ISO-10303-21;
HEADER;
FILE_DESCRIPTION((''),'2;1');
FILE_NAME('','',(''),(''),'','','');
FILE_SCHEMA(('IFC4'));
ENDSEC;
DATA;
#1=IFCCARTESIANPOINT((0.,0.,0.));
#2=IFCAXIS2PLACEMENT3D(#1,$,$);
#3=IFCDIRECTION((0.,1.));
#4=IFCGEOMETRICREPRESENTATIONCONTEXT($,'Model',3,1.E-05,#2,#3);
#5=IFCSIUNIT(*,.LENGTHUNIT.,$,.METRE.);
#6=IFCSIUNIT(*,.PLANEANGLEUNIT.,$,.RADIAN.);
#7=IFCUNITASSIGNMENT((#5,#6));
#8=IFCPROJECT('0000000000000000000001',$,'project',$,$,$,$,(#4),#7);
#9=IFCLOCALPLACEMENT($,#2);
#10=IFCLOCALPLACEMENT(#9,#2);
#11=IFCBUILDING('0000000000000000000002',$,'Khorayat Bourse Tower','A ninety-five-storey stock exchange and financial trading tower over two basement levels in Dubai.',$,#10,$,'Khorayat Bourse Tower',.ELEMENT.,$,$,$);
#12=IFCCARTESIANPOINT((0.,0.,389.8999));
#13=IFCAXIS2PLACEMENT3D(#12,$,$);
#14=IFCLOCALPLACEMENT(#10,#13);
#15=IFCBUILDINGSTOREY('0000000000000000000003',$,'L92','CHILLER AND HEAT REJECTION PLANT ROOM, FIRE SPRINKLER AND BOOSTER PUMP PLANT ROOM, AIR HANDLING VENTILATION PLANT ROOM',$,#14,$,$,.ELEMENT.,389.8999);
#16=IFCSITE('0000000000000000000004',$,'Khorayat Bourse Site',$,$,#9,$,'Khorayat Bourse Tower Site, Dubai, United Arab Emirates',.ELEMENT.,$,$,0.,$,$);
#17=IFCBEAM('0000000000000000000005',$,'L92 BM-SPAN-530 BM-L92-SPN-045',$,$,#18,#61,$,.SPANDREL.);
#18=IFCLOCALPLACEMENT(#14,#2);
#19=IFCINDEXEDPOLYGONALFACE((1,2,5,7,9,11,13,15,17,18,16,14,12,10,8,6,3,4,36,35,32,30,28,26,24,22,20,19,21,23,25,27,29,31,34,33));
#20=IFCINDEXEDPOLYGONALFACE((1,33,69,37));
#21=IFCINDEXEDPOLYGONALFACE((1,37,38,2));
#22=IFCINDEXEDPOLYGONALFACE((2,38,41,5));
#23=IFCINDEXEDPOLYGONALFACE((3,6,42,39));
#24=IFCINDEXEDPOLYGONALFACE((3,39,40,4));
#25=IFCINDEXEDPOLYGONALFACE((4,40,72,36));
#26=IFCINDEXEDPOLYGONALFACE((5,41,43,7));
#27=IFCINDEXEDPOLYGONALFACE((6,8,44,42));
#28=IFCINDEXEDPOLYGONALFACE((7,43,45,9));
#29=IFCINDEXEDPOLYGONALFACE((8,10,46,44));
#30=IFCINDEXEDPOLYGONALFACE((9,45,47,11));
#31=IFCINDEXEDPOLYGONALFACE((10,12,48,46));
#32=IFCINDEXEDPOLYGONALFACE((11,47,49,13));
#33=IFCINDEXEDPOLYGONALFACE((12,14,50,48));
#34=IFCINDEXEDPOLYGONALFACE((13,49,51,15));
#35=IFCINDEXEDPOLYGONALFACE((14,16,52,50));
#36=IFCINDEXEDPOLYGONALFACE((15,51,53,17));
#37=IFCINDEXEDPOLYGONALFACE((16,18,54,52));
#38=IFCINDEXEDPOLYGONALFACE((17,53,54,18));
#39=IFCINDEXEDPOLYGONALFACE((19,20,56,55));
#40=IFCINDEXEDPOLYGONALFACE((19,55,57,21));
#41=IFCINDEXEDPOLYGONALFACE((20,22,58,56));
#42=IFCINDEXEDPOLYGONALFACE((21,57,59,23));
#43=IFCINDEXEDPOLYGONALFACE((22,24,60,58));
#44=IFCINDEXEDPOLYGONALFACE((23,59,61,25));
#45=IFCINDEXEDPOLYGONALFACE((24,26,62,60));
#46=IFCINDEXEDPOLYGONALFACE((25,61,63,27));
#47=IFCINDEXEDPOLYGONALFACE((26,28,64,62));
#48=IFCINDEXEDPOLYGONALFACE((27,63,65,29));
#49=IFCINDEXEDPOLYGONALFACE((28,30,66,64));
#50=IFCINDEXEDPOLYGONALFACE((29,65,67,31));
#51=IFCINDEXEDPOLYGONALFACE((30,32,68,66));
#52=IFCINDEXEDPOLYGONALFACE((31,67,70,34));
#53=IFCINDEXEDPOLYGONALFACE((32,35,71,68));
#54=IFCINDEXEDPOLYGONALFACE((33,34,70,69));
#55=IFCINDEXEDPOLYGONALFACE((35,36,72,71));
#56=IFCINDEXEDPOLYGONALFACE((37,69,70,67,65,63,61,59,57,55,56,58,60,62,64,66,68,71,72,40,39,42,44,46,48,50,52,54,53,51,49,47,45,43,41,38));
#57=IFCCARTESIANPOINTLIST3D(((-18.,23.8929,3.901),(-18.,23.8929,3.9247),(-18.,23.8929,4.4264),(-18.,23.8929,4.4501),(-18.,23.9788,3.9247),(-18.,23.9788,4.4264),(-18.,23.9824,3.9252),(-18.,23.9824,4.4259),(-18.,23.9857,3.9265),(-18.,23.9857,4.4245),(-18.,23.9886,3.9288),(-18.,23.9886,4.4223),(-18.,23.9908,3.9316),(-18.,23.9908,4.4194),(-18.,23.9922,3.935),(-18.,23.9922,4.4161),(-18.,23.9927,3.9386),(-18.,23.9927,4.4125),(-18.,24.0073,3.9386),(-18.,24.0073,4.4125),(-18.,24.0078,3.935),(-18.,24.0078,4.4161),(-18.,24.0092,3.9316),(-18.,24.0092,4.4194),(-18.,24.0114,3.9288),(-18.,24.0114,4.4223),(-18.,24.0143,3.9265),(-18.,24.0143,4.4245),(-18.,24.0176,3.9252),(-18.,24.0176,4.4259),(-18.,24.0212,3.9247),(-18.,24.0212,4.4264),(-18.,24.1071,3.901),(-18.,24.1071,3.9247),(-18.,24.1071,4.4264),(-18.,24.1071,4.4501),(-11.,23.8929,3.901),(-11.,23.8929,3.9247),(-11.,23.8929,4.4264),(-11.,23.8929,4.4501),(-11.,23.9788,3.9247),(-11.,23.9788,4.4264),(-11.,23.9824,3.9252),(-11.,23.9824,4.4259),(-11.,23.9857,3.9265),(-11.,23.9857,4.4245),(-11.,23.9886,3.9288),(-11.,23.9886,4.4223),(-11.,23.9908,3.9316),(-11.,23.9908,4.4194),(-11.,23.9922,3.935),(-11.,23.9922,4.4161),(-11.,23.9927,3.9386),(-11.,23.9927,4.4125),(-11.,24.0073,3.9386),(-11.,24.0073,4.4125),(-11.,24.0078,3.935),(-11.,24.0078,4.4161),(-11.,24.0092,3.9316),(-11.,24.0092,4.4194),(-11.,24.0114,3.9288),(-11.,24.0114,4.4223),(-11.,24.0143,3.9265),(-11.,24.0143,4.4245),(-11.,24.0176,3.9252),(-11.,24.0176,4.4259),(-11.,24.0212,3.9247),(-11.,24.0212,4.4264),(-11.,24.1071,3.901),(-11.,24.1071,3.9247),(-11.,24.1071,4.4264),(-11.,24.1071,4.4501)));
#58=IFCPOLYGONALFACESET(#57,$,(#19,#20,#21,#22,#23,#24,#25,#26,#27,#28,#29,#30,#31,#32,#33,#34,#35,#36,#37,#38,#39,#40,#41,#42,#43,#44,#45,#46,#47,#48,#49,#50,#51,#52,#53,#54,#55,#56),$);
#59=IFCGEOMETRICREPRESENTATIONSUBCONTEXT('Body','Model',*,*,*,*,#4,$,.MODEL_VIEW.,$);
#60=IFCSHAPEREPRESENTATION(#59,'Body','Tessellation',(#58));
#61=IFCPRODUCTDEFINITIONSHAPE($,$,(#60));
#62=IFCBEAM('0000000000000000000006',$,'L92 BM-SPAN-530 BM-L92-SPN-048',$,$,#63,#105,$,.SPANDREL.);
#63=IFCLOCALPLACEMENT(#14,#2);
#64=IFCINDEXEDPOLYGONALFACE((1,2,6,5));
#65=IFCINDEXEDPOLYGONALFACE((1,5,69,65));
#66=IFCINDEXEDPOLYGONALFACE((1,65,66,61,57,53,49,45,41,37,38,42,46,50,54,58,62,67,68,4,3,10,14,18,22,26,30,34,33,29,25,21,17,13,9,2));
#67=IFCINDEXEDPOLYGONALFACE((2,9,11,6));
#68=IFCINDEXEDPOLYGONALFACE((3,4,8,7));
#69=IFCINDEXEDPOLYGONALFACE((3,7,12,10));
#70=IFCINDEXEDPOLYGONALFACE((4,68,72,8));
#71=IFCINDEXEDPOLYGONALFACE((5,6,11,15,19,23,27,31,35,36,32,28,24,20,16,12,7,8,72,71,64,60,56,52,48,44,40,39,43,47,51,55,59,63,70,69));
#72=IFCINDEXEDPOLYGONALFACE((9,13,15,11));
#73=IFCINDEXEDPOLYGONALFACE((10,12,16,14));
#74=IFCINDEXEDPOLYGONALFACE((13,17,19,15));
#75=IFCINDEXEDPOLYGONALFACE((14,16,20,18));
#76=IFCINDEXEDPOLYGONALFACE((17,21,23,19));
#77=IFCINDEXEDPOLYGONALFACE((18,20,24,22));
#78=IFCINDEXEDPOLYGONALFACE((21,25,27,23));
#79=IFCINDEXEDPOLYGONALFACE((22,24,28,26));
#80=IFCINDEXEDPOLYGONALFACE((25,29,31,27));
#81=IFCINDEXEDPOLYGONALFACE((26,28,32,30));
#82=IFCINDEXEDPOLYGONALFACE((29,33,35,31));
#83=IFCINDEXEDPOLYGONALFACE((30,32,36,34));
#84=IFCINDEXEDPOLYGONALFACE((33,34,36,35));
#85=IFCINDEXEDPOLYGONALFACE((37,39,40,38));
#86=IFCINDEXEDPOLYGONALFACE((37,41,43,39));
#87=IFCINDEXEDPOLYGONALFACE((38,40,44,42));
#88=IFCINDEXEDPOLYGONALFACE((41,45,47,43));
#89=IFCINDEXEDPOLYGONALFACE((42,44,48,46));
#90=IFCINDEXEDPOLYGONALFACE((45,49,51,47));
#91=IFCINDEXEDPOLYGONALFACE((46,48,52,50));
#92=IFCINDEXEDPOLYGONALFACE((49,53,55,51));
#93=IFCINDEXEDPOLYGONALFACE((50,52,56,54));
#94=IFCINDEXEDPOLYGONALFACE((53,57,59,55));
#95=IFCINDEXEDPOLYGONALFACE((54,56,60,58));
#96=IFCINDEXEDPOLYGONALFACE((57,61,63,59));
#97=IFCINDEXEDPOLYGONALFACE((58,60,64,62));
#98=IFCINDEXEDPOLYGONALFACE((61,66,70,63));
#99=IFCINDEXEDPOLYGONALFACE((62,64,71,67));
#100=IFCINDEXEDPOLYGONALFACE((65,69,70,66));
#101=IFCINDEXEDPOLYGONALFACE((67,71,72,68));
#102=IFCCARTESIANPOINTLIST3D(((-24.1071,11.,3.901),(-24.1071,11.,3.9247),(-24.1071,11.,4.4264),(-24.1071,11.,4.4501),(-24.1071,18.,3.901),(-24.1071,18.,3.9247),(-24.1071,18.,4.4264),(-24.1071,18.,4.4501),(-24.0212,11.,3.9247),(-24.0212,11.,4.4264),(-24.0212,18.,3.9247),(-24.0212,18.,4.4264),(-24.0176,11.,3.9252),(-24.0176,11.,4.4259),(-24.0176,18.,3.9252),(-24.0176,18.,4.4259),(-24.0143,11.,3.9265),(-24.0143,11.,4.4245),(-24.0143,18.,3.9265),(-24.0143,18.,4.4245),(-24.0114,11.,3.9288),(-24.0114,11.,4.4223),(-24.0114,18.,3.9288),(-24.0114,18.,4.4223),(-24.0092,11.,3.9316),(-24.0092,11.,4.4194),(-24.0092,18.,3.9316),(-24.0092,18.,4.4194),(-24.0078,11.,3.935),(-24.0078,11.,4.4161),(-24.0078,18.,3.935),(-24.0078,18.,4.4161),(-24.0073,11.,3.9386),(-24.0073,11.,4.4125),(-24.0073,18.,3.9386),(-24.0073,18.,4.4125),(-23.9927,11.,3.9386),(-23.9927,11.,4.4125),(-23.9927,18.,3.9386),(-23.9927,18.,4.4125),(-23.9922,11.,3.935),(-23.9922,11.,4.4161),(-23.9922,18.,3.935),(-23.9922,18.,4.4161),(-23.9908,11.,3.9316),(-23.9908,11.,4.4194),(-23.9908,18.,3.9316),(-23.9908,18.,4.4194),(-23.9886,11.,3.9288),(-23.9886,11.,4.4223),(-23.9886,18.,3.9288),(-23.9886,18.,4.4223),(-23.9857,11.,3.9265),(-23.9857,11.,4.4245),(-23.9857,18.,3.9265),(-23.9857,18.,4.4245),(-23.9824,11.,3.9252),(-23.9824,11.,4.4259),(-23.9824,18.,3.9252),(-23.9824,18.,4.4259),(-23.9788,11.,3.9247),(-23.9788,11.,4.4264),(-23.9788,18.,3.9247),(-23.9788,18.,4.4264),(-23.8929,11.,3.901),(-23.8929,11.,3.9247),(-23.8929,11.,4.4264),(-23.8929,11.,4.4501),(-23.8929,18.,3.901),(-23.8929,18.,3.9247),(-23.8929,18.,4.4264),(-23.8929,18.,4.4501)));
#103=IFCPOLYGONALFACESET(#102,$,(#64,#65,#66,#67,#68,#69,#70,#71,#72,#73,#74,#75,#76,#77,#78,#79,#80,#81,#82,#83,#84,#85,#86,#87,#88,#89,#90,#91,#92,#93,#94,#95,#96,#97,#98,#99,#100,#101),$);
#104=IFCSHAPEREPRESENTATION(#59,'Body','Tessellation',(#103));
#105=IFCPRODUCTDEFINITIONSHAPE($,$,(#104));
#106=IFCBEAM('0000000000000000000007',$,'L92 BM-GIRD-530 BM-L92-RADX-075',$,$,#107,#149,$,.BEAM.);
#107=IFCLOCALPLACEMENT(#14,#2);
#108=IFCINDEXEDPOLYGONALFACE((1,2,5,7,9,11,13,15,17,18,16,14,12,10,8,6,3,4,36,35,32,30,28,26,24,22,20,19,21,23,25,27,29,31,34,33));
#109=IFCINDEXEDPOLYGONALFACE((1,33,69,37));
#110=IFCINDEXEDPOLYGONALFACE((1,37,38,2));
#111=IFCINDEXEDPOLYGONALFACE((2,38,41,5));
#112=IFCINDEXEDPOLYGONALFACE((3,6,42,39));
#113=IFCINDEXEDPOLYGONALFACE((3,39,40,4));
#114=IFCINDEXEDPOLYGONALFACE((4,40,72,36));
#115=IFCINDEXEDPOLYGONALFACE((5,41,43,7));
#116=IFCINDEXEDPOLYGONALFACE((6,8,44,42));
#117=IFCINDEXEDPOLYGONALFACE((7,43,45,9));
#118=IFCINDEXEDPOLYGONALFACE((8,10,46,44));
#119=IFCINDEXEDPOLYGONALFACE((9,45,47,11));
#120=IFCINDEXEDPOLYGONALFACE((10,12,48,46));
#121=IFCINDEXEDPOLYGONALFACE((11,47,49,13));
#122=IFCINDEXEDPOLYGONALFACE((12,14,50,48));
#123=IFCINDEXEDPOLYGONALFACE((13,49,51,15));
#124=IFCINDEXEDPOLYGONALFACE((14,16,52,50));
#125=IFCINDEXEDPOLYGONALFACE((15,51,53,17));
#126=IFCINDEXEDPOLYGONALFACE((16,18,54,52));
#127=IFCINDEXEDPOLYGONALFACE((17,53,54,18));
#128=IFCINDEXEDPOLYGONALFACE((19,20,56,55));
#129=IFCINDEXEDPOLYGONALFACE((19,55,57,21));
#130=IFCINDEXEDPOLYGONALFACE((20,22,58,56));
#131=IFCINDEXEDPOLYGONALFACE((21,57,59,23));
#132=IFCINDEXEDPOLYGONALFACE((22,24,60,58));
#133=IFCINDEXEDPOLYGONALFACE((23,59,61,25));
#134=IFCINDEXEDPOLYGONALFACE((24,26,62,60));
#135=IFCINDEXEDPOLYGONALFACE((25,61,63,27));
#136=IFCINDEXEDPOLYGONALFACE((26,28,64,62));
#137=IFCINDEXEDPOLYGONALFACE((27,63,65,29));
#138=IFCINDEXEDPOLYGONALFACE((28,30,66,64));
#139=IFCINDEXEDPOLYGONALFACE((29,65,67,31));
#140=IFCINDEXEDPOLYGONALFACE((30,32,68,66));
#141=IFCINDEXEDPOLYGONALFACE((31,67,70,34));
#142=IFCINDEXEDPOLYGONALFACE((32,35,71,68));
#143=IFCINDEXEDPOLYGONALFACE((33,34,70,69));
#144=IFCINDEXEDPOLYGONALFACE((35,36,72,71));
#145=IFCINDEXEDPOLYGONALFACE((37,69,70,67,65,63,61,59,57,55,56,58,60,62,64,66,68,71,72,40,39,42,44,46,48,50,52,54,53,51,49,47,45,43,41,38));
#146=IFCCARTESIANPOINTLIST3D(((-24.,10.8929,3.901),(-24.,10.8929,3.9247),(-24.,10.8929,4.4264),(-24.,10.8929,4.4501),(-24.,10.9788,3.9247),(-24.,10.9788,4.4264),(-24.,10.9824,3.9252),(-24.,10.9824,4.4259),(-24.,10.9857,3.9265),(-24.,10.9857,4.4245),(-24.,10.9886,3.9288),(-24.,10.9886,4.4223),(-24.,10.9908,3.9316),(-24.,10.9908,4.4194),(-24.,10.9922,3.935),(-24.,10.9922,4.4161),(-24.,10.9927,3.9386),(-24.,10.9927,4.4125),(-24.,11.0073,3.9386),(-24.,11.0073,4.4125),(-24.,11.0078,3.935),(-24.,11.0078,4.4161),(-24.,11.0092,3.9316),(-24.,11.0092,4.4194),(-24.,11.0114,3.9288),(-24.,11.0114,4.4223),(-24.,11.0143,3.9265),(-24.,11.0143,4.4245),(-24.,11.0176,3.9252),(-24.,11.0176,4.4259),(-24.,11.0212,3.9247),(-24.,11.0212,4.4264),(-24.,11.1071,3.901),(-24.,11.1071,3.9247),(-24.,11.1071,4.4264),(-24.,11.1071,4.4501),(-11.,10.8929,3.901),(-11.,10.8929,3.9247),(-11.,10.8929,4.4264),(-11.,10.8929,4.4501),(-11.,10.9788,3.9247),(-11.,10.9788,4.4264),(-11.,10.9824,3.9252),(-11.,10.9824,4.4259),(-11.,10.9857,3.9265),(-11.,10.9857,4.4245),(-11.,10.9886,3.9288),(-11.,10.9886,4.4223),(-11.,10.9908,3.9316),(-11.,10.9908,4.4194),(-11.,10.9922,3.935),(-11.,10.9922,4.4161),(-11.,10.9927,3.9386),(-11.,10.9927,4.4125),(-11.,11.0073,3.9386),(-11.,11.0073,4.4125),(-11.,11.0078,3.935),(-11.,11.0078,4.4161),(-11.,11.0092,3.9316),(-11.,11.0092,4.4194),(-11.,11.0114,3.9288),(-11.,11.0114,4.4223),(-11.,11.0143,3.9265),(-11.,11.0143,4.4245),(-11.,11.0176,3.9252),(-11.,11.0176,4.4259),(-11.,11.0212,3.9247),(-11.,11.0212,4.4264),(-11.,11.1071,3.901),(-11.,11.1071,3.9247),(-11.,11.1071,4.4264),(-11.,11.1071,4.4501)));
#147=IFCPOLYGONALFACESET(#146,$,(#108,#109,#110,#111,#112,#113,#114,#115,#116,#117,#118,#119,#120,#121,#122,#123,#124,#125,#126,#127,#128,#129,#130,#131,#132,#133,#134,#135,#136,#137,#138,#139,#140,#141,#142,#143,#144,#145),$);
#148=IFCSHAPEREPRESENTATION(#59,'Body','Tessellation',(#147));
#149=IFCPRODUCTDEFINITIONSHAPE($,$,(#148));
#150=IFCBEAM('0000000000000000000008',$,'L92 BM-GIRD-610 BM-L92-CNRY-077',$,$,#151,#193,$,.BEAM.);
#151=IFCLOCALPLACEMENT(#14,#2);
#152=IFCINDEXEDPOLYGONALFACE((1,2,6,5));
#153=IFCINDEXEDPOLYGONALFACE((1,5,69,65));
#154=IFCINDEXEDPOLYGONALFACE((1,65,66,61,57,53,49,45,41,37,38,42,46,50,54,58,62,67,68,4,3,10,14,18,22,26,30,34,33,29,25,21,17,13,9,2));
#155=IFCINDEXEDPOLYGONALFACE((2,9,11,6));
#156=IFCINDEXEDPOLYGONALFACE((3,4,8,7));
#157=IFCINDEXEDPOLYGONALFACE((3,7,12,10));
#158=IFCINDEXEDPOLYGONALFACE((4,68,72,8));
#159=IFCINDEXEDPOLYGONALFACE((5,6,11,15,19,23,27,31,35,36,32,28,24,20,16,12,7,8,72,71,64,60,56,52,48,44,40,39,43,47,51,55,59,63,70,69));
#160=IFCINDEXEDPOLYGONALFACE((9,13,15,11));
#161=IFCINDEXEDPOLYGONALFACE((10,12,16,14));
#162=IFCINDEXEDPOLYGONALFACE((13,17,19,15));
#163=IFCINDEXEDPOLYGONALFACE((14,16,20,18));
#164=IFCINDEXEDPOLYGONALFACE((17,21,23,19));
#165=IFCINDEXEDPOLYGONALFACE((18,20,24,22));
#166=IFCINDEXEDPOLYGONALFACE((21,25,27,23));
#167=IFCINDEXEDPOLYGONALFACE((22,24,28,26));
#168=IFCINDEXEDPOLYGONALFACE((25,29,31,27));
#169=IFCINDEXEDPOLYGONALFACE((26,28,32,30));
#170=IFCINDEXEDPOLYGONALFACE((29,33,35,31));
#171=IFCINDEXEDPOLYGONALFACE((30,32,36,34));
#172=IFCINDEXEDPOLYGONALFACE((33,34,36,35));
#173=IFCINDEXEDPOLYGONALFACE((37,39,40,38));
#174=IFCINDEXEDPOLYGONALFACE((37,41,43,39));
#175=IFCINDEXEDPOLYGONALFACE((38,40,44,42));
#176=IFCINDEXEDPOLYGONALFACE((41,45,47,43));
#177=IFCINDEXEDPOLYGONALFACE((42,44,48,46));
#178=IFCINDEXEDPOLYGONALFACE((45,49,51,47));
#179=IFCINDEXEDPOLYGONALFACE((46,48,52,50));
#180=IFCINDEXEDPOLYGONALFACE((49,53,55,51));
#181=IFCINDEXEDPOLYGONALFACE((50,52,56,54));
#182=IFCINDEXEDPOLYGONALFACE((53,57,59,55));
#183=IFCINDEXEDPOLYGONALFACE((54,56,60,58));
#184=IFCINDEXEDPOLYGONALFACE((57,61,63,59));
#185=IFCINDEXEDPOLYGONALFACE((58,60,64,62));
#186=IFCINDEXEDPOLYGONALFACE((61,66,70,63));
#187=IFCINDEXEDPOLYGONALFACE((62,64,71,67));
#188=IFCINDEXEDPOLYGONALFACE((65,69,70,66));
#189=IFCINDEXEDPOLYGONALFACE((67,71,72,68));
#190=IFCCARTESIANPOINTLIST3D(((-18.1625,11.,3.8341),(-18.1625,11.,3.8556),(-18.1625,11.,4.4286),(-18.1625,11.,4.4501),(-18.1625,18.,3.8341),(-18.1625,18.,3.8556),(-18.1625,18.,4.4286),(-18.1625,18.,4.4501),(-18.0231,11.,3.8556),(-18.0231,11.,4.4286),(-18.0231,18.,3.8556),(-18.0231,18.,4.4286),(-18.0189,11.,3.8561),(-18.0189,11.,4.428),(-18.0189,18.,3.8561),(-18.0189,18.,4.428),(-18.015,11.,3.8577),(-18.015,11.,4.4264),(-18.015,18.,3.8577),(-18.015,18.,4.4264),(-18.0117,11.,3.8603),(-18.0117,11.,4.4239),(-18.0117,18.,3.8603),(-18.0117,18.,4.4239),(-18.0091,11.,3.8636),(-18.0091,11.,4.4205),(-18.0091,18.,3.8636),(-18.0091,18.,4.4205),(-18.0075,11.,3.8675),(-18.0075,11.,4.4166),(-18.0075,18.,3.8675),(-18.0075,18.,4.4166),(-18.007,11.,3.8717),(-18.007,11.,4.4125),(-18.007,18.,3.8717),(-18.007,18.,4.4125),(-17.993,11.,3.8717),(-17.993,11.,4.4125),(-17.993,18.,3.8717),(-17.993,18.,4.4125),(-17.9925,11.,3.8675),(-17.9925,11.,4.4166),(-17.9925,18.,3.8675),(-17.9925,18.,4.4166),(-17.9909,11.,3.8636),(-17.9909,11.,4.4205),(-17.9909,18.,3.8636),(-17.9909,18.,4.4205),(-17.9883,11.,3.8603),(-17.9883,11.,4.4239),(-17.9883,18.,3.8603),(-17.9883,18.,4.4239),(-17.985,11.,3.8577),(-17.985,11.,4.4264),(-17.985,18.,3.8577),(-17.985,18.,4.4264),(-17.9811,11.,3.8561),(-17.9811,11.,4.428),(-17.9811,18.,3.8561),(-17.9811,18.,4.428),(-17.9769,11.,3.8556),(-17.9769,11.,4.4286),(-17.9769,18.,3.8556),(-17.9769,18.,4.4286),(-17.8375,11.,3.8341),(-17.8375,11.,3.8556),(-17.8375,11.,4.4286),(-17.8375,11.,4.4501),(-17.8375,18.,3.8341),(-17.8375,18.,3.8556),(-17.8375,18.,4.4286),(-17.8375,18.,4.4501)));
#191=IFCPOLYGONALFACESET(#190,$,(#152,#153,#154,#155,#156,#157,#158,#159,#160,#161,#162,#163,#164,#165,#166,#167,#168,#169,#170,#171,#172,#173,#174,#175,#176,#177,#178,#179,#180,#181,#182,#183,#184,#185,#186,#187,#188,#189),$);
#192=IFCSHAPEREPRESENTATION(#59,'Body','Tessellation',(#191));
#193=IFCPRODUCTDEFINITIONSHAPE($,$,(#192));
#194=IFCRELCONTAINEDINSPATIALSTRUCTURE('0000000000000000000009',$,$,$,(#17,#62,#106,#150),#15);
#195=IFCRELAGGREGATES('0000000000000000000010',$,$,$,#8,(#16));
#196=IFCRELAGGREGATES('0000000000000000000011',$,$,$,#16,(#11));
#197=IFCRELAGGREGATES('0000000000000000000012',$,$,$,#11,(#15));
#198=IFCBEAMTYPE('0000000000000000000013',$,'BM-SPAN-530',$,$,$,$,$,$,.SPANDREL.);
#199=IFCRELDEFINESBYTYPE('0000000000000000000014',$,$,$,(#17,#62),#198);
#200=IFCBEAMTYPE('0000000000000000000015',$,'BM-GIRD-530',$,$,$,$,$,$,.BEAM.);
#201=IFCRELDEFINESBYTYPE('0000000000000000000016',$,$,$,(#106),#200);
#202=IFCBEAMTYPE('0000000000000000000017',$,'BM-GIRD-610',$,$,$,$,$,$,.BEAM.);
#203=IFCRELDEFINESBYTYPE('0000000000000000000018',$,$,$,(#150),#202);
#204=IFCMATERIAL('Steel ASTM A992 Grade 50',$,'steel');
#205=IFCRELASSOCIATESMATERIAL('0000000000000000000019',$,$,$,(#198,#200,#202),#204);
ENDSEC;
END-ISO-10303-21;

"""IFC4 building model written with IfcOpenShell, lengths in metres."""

from ifc_helpers import new_model, si_unit, direction, frame, origin, origin_2d, place, context, subcontext, project, spatial, i_section, extrude, source, transform, mapped, material, material_profile, profile_set, type_object, element, save


model = new_model("IFC4")

# Units and contexts
model_context = context("Model", 3, precision=1e-05, world=origin(), true_north=direction((0.0, 1.0)))
body_context = subcontext(model_context, "Body", "Model", "MODEL_VIEW")
ifc_project = project(units=[si_unit("LENGTHUNIT", "METRE"), si_unit("PLANEANGLEUNIT", "RADIAN")], contexts=[model_context])

# Site, building, storey
site_placement = place(None, origin())
site = spatial("IfcSite", under=ifc_project, at=site_placement, Name="Khorayat Bourse Site", LongName="Khorayat Bourse Tower Site, Dubai, United Arab Emirates", CompositionType="ELEMENT", RefElevation=0.0)
building_placement = place(site_placement, origin())
building = spatial("IfcBuilding", under=site, at=building_placement, Name="Khorayat Bourse Tower", Description="A ninety-five-storey stock exchange and financial trading tower over two basement levels in Dubai.", LongName="Khorayat Bourse Tower", CompositionType="ELEMENT")
storey_placement = place(building_placement, frame((0.0, 0.0, 389.8999)))
storey = spatial("IfcBuildingStorey", under=building, at=storey_placement, Name="L92", Description="CHILLER AND HEAT REJECTION PLANT ROOM, FIRE SPRINKLER AND BOOSTER PUMP PLANT ROOM, AIR HANDLING VENTILATION PLANT ROOM", CompositionType="ELEMENT", Elevation=389.8999)

# Beams
ifc_material_1 = material(Name="Steel ASTM A992 Grade 50", Category="steel")
ifc_material_profile_1 = material_profile(ifc_material_1, i_section(OverallWidth=0.2141, OverallDepth=0.5491, WebThickness=0.0146, FlangeThickness=0.0237, FilletRadius=0.0139, at=origin_2d()), Name="W530X138")
ifc_profile_set_1 = profile_set([ifc_material_profile_1], Name="Steel ASTM A992 Grade 50")
beam_type_1 = type_object("IfcBeamType", Name="BM-SPAN-530", PredefinedType="SPANDREL", material=ifc_profile_set_1)
shared_shape_1 = source(origin(), body_context, "Body", "SweptSolid", [
    extrude(i_section(OverallWidth=0.2141, OverallDepth=0.5491, WebThickness=0.0146, FlangeThickness=0.0237, FilletRadius=0.0139, at=origin_2d()), origin(), (0.0, 0.0, 1.0), 7.0),
])
for number, where, z_axis, x_axis, name in (
    (1, (-18.0, 24.0, 4.1755), (1.0, 0.0, 0.0), (0.0, 1.0, 0.0), "L92 BM-SPAN-530 BM-L92-SPN-045"),
    (2, (-24.0, 11.0, 4.1755), (0.0, 1.0, 0.0), (-1.0, 0.0, 0.0), "L92 BM-SPAN-530 BM-L92-SPN-048"),
):
    element("IfcBeam", number, at=place(storey_placement, frame(where, z_axis=z_axis, x_axis=x_axis)), inside=storey, type_object=beam_type_1, Name=name, PredefinedType="SPANDREL", context=body_context, shape_type="MappedRepresentation", body=[
        mapped(shared_shape_1, transform((0.0, 0.0, 0.0), scale=1.0)),
    ])
ifc_material_profile_2 = material_profile(ifc_material_1, i_section(OverallWidth=0.2141, OverallDepth=0.5491, WebThickness=0.0146, FlangeThickness=0.0237, FilletRadius=0.0139, at=origin_2d()), Name="W530X138")
ifc_profile_set_2 = profile_set([ifc_material_profile_2], Name="Steel ASTM A992 Grade 50")
beam_type_2 = type_object("IfcBeamType", Name="BM-GIRD-530", PredefinedType="BEAM", material=ifc_profile_set_2)
shared_shape_2 = source(origin(), body_context, "Body", "SweptSolid", [
    extrude(i_section(OverallWidth=0.2141, OverallDepth=0.5491, WebThickness=0.0146, FlangeThickness=0.0237, FilletRadius=0.0139, at=origin_2d()), origin(), (0.0, 0.0, 1.0), 13.0),
])
beam_1_placement = place(storey_placement, frame((-24.0, 11.0, 4.1755), z_axis=(1.0, 0.0, 0.0), x_axis=(0.0, 1.0, 0.0)))
element("IfcBeam", 3, at=beam_1_placement, inside=storey, type_object=beam_type_2, Name="L92 BM-GIRD-530 BM-L92-RADX-075", PredefinedType="BEAM", context=body_context, shape_type="MappedRepresentation", body=[
    mapped(shared_shape_2, transform((0.0, 0.0, 0.0), scale=1.0)),
])
ifc_material_profile_3 = material_profile(ifc_material_1, i_section(OverallWidth=0.325, OverallDepth=0.616, WebThickness=0.0139, FlangeThickness=0.0215, FilletRadius=0.0161, at=origin_2d()), Name="W610X174")
ifc_profile_set_3 = profile_set([ifc_material_profile_3], Name="Steel ASTM A992 Grade 50")
beam_type_3 = type_object("IfcBeamType", Name="BM-GIRD-610", PredefinedType="BEAM", material=ifc_profile_set_3)
shared_shape_3 = source(origin(), body_context, "Body", "SweptSolid", [
    extrude(i_section(OverallWidth=0.325, OverallDepth=0.616, WebThickness=0.0139, FlangeThickness=0.0215, FilletRadius=0.0161, at=origin_2d()), origin(), (0.0, 0.0, 1.0), 7.0),
])
for number, where, z_axis, x_axis, name in (
    (4, (-18.0, 11.0, 4.1421), (0.0, 1.0, 0.0), (-1.0, 0.0, 0.0), "L92 BM-GIRD-610 BM-L92-CNRY-077"),
):
    element("IfcBeam", number, at=place(storey_placement, frame(where, z_axis=z_axis, x_axis=x_axis)), inside=storey, type_object=beam_type_3, Name=name, PredefinedType="BEAM", context=body_context, shape_type="MappedRepresentation", body=[
        mapped(shared_shape_3, transform((0.0, 0.0, 0.0), scale=1.0)),
    ])

save(model, "model.ifc")
